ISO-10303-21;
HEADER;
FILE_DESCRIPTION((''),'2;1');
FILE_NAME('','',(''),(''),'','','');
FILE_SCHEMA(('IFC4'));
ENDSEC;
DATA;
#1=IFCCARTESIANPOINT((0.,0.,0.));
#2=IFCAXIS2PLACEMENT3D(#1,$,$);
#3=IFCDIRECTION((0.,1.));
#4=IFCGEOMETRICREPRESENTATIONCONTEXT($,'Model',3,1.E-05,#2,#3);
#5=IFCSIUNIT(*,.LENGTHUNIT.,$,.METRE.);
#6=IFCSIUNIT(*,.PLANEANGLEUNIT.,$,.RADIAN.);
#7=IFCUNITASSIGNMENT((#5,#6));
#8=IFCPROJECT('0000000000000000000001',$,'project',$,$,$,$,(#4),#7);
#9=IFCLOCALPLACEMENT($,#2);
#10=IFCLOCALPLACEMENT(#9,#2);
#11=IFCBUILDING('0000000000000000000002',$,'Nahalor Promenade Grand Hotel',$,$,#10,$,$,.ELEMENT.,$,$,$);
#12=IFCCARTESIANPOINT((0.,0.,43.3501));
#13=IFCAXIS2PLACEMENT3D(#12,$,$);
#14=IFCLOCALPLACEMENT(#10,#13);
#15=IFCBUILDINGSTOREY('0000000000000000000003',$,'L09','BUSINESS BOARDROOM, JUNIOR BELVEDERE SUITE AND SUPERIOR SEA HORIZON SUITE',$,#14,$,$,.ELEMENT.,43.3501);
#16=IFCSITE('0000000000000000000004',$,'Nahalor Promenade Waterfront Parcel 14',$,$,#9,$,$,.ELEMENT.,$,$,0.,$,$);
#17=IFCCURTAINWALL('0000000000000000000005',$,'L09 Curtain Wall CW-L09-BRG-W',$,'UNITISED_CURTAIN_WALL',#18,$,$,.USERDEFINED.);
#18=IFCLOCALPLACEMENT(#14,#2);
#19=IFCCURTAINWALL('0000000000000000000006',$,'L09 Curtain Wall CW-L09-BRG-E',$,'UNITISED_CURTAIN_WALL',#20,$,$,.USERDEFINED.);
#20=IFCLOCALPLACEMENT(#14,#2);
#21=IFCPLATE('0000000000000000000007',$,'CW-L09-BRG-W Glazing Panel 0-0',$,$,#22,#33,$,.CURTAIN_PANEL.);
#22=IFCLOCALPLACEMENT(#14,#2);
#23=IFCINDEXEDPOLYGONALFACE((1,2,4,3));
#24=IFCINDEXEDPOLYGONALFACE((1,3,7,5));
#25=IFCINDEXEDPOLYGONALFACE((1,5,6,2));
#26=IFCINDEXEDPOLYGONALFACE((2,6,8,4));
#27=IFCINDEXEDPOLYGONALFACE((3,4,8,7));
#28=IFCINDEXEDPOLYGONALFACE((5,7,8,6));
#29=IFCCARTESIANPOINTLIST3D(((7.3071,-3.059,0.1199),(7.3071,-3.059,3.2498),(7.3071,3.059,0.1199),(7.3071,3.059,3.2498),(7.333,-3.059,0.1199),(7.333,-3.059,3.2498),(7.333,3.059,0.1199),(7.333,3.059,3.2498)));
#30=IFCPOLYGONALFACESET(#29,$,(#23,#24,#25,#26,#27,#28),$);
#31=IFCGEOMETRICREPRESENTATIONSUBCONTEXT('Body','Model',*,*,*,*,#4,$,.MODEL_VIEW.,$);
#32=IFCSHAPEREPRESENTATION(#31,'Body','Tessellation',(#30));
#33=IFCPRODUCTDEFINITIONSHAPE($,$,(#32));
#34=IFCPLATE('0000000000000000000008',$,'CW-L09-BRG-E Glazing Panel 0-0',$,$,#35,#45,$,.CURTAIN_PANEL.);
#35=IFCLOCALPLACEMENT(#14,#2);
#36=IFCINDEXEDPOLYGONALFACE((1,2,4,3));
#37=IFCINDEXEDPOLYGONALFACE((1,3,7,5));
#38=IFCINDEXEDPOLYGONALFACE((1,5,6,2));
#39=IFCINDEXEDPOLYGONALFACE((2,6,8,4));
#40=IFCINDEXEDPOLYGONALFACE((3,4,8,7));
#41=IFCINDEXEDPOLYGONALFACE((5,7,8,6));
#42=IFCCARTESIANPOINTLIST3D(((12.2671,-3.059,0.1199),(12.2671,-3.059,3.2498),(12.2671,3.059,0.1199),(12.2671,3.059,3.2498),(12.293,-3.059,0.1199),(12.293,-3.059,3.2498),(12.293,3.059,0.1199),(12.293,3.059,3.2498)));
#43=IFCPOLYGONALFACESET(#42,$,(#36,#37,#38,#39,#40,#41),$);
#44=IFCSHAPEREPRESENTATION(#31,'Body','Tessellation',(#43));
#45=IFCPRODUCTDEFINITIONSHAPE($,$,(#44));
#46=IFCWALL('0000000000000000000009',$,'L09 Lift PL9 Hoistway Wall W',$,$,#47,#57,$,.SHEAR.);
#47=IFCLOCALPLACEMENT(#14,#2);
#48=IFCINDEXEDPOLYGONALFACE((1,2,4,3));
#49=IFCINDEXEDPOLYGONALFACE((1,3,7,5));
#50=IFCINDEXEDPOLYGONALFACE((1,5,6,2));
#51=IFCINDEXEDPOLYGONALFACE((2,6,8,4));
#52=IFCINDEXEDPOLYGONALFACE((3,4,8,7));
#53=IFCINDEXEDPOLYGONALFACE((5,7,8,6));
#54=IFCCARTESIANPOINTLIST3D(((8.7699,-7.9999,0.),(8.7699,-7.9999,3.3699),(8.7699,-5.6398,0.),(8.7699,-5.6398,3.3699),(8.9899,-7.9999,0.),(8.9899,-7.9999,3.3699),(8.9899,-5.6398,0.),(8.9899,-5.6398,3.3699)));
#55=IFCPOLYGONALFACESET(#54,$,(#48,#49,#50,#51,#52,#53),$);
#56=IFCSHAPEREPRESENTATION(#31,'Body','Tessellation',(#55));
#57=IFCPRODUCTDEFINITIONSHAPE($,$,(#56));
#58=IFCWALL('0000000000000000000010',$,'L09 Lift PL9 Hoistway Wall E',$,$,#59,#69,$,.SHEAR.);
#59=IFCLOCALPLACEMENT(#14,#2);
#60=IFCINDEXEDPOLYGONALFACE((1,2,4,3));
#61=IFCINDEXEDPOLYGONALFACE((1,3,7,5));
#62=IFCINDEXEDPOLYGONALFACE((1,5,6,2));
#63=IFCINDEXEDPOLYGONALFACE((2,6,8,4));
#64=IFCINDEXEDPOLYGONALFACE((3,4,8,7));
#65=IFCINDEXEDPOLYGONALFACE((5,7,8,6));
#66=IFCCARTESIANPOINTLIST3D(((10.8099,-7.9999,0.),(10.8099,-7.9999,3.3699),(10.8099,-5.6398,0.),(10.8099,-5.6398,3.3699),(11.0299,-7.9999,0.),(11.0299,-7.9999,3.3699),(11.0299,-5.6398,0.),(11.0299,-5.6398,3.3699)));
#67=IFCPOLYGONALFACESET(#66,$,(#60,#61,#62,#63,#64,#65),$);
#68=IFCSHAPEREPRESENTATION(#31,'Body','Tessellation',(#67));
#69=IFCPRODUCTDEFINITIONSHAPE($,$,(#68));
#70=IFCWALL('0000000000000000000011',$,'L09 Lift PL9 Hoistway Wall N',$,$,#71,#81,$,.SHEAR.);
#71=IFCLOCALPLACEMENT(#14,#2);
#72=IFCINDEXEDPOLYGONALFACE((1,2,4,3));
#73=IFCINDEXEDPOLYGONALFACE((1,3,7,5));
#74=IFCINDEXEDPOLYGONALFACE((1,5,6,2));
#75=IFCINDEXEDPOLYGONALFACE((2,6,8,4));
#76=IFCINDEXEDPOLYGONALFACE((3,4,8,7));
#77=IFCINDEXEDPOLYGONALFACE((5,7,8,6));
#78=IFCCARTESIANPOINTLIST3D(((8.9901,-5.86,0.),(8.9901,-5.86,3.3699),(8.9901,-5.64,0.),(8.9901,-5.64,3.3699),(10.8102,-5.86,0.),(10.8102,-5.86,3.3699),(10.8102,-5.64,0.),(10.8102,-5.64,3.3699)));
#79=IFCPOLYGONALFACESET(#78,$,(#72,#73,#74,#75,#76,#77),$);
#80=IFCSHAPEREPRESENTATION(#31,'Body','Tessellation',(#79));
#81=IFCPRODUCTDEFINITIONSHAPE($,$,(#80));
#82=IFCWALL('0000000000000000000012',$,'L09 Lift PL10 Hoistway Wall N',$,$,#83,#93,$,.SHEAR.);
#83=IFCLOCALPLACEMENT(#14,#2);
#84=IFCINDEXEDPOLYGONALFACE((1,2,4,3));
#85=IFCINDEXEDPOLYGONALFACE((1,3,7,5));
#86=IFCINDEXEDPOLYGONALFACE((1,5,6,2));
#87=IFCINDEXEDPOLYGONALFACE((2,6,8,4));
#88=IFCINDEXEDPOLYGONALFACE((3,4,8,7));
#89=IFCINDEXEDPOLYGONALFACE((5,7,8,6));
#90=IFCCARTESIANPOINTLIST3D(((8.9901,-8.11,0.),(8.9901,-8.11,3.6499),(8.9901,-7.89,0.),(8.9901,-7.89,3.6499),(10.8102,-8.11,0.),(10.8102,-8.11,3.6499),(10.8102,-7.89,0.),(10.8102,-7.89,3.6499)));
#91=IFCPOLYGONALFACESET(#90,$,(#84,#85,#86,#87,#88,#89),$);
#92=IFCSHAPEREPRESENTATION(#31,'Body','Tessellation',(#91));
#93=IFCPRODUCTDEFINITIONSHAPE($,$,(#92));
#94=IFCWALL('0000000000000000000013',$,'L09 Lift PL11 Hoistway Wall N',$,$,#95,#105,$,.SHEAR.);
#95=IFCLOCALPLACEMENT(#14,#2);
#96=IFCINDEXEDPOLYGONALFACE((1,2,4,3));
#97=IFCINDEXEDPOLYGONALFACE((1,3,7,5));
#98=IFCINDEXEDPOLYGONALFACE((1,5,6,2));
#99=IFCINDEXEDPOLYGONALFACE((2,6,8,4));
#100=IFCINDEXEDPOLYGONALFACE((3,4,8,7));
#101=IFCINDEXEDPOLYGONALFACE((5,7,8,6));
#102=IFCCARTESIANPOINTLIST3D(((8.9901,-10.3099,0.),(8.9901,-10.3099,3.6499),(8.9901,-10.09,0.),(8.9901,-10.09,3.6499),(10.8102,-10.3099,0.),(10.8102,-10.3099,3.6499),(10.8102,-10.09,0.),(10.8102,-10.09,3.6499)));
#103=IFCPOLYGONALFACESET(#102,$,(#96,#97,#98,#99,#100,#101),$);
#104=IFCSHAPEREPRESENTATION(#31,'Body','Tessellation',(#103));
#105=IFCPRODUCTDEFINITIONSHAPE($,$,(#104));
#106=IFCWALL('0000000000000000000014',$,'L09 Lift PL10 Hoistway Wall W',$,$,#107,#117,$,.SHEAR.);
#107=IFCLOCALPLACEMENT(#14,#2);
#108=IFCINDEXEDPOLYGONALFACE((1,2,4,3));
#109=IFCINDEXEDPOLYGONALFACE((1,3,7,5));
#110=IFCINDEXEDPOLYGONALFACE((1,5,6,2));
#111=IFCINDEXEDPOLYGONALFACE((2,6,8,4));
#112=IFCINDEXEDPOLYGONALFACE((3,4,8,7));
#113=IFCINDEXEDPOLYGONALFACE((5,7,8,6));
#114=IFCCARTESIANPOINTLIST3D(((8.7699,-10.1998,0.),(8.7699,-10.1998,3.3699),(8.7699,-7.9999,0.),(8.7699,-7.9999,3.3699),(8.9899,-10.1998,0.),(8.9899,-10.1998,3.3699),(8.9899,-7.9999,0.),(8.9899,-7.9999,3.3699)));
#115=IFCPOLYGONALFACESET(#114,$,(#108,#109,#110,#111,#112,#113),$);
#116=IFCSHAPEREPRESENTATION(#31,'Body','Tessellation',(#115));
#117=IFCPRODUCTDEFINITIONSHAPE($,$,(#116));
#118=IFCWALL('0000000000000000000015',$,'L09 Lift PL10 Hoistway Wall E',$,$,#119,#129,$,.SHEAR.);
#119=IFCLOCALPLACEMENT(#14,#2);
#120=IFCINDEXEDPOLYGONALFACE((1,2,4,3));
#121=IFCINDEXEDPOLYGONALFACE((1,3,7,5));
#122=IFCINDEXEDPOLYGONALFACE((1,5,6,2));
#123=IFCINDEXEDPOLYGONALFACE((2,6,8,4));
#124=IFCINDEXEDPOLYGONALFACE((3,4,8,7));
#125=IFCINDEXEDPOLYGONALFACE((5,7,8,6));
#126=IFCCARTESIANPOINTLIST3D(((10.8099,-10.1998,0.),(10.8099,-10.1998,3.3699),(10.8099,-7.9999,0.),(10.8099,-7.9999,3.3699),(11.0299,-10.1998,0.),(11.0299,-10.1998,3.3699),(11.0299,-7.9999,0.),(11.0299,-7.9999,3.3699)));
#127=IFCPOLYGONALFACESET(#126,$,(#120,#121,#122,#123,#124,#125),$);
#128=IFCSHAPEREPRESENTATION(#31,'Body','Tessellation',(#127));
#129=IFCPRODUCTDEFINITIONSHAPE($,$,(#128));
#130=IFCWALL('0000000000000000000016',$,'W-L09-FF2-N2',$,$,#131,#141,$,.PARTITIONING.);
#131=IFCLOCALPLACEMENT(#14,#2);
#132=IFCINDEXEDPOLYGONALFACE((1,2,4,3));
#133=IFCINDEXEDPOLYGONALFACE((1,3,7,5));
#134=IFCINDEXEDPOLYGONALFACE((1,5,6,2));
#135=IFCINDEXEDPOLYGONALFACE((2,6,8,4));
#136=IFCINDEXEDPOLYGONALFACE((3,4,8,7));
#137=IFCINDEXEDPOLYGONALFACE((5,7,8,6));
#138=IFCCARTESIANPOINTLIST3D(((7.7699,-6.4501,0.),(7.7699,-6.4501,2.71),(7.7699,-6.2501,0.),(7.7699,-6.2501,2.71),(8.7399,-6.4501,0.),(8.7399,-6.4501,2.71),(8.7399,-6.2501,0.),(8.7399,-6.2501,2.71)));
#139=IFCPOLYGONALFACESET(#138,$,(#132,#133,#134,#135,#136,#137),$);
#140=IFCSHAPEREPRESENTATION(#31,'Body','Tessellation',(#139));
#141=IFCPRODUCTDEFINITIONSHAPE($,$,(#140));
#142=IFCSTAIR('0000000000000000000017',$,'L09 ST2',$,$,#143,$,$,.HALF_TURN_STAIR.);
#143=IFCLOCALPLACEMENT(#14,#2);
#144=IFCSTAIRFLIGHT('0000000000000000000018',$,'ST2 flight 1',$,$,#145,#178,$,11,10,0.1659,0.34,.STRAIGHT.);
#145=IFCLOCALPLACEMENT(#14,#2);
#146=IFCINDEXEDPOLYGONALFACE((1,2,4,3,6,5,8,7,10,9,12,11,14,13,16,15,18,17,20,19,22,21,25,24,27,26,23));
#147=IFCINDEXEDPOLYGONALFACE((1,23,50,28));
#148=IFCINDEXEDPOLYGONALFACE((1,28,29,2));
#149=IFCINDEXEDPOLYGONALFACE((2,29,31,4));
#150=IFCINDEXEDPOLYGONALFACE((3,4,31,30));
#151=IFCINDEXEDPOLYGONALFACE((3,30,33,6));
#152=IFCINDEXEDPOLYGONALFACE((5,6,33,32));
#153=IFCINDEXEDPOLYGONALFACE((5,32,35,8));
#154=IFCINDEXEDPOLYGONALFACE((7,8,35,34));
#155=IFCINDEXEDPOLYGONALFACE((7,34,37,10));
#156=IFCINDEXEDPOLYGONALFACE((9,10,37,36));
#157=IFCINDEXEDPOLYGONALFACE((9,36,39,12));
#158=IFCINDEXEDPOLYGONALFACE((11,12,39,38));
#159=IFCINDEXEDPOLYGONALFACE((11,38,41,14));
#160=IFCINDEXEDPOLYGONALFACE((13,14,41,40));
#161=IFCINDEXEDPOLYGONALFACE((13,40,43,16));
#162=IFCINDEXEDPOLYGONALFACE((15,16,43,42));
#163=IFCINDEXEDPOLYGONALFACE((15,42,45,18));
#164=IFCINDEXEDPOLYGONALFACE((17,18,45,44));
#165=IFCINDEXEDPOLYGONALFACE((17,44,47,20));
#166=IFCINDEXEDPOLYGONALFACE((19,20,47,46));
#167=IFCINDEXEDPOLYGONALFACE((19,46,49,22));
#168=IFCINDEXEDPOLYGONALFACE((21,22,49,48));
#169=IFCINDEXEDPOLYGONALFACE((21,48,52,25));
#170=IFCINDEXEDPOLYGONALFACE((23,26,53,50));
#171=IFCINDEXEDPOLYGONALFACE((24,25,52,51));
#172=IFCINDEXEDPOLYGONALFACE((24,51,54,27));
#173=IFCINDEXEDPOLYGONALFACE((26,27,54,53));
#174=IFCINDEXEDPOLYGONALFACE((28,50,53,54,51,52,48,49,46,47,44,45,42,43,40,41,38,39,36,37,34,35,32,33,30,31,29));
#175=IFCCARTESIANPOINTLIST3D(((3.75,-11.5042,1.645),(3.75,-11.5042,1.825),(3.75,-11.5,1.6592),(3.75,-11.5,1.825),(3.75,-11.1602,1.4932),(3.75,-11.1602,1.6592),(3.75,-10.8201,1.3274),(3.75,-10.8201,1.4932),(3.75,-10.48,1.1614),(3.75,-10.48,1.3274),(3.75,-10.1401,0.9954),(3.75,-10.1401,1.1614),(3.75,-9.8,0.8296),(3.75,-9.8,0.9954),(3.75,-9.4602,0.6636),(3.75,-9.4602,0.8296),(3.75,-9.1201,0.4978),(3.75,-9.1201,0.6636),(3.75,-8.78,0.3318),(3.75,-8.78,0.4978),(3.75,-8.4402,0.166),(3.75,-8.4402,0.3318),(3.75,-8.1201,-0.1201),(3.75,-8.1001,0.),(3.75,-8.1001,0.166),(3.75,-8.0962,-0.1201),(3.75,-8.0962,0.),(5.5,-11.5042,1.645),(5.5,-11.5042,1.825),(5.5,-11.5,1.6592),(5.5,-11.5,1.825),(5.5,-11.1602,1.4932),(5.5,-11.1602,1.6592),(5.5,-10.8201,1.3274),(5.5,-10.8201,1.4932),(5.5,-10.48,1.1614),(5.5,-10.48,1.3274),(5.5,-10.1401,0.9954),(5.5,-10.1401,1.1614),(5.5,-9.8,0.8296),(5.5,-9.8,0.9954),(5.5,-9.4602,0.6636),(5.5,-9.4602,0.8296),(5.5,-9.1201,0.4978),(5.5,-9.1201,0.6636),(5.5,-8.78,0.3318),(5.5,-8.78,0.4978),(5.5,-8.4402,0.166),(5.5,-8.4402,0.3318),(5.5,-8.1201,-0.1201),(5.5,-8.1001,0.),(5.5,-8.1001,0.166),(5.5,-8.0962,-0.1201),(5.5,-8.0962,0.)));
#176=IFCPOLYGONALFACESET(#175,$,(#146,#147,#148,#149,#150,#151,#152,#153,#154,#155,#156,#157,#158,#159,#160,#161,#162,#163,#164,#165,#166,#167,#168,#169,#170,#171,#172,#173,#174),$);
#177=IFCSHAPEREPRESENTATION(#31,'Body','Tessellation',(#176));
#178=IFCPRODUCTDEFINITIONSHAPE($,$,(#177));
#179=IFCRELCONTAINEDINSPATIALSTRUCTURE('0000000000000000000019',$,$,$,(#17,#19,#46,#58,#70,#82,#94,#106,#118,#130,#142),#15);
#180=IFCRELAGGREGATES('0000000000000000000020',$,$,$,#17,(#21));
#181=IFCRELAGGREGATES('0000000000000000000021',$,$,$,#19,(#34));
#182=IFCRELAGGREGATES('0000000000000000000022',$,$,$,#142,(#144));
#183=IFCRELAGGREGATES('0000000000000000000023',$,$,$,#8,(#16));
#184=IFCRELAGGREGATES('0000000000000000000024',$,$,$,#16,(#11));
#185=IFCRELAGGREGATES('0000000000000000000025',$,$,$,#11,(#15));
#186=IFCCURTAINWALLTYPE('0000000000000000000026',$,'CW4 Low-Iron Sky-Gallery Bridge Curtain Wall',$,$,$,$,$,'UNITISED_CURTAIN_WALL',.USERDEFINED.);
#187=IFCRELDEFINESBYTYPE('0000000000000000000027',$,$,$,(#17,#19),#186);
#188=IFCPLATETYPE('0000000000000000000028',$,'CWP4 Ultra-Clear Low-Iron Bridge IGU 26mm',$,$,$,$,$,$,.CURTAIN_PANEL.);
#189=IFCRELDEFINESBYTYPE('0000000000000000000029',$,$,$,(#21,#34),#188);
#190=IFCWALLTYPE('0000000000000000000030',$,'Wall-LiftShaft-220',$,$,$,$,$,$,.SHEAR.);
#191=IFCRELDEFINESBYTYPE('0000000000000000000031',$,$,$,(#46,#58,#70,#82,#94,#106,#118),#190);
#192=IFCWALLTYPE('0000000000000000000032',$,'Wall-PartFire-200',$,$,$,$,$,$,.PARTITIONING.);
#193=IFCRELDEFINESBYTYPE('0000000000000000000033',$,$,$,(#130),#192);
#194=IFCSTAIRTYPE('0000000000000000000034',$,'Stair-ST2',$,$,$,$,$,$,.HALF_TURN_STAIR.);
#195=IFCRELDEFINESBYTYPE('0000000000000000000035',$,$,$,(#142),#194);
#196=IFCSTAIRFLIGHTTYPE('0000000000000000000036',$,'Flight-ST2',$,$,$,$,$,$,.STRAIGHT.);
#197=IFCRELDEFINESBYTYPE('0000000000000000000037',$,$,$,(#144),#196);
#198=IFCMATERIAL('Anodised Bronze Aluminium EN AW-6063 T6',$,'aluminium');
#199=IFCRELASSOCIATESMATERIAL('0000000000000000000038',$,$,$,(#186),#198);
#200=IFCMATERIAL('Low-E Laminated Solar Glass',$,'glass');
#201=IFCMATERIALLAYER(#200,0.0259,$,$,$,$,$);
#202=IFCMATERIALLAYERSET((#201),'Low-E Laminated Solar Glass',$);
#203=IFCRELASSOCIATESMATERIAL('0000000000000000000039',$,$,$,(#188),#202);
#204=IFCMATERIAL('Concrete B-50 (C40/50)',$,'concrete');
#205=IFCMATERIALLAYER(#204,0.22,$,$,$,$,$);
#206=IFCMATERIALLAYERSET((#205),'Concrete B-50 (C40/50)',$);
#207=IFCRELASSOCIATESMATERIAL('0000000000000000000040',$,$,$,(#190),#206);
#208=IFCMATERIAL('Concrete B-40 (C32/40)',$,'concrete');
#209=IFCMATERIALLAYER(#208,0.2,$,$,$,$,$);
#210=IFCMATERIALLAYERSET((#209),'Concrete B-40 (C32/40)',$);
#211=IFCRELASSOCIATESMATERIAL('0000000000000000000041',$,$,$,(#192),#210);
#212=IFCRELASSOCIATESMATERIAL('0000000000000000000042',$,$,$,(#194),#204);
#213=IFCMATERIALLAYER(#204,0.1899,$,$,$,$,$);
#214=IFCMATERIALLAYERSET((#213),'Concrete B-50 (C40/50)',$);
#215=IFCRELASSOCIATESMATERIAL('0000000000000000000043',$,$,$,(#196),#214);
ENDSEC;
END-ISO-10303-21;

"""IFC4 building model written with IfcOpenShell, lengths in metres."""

from ifc_helpers import new_model, si_unit, direction, frame, frame_2d, origin, origin_2d, place, context, subcontext, project, spatial, polyline, rectangle, outline, extrude, source, transform, mapped, material, layer, layer_set, type_object, element, aggregate, save


model = new_model("IFC4")

# Units and contexts
model_context = context("Model", 3, precision=1e-05, world=origin(), true_north=direction((0.0, 1.0)))
body_context = subcontext(model_context, "Body", "Model", "MODEL_VIEW")
ifc_project = project(units=[si_unit("LENGTHUNIT", "METRE"), si_unit("PLANEANGLEUNIT", "RADIAN")], contexts=[model_context])

# Site, building, storey
site_placement = place(None, origin())
site = spatial("IfcSite", under=ifc_project, at=site_placement, Name="Nahalor Promenade Waterfront Parcel 14", CompositionType="ELEMENT", RefElevation=0.0)
building_placement = place(site_placement, origin())
building = spatial("IfcBuilding", under=site, at=building_placement, Name="Nahalor Promenade Grand Hotel", CompositionType="ELEMENT")
storey_placement = place(building_placement, frame((0.0, 0.0, 43.3501)))
storey = spatial("IfcBuildingStorey", under=building, at=storey_placement, Name="L09", Description="BUSINESS BOARDROOM, JUNIOR BELVEDERE SUITE AND SUPERIOR SEA HORIZON SUITE", CompositionType="ELEMENT", Elevation=43.3501)

# Curtain walls
ifc_material_1 = material(Name="Anodised Bronze Aluminium EN AW-6063 T6", Category="aluminium")
curtain_wall_type_1 = type_object("IfcCurtainWallType", Name="CW4 Low-Iron Sky-Gallery Bridge Curtain Wall", ElementType="UNITISED_CURTAIN_WALL", PredefinedType="USERDEFINED", material=ifc_material_1)
curtain_wall_1_placement = place(storey_placement, origin())
curtain_wall_1 = element("IfcCurtainWall", 1, at=curtain_wall_1_placement, inside=storey, type_object=curtain_wall_type_1, Name="L09 Curtain Wall CW-L09-BRG-W", ObjectType="UNITISED_CURTAIN_WALL", PredefinedType="USERDEFINED")
curtain_wall_2_placement = place(storey_placement, origin())
curtain_wall_2 = element("IfcCurtainWall", 2, at=curtain_wall_2_placement, inside=storey, type_object=curtain_wall_type_1, Name="L09 Curtain Wall CW-L09-BRG-E", ObjectType="UNITISED_CURTAIN_WALL", PredefinedType="USERDEFINED")

# Plates
ifc_material_2 = material(Name="Low-E Laminated Solar Glass", Category="glass")
ifc_layer_1 = layer(ifc_material_2, 0.0259)
ifc_layer_set_1 = layer_set([ifc_layer_1], Name="Low-E Laminated Solar Glass")
plate_type = type_object("IfcPlateType", Name="CWP4 Ultra-Clear Low-Iron Bridge IGU 26mm", PredefinedType="CURTAIN_PANEL", material=ifc_layer_set_1)
shared_shape_1 = source(origin(), body_context, "Body", "SweptSolid", [
    extrude(rectangle(XDim=6.1179, YDim=0.0259, at=origin_2d()), origin(), (0.0, 0.0, 1.0), 3.1299),
])
plate_1_placement = place(storey_placement, frame((7.3201, 0.0, 0.1199), z_axis=(0.0, 0.0, 1.0), x_axis=(0.0, 1.0, 0.0)))
plate_1 = element("IfcPlate", 3, at=plate_1_placement, type_object=plate_type, Name="CW-L09-BRG-W Glazing Panel 0-0", PredefinedType="CURTAIN_PANEL", context=body_context, shape_type="MappedRepresentation", body=[
    mapped(shared_shape_1, transform((0.0, 0.0, 0.0), scale=1.0)),
])
aggregate(curtain_wall_1, [plate_1])
plate_2_placement = place(storey_placement, frame((12.28, 0.0, 0.1199), z_axis=(0.0, 0.0, 1.0), x_axis=(0.0, 1.0, 0.0)))
plate_2 = element("IfcPlate", 4, at=plate_2_placement, type_object=plate_type, Name="CW-L09-BRG-E Glazing Panel 0-0", PredefinedType="CURTAIN_PANEL", context=body_context, shape_type="MappedRepresentation", body=[
    mapped(shared_shape_1, transform((0.0, 0.0, 0.0), scale=1.0)),
])
aggregate(curtain_wall_2, [plate_2])

# Walls
ifc_material_3 = material(Name="Concrete B-50 (C40/50)", Category="concrete")
ifc_layer_2 = layer(ifc_material_3, 0.22)
ifc_layer_set_2 = layer_set([ifc_layer_2], Name="Concrete B-50 (C40/50)")
wall_type_1 = type_object("IfcWallType", Name="Wall-LiftShaft-220", PredefinedType="SHEAR", material=ifc_layer_set_2)
shared_shape_2 = source(origin(), body_context, "Body", "SweptSolid", [
    extrude(rectangle(XDim=2.3601, YDim=0.22, at=frame_2d((1.1802, 0.0))), origin(), (0.0, 0.0, 1.0), 3.3699),
])
for number, where, z_axis, x_axis, name in (
    (5, (8.8799, -8.0, 0.0), (0.0, 0.0, 1.0), (0.0, 1.0, 0.0), "L09 Lift PL9 Hoistway Wall W"),
    (6, (10.9199, -8.0, 0.0), (0.0, 0.0, 1.0), (0.0, 1.0, 0.0), "L09 Lift PL9 Hoistway Wall E"),
):
    element("IfcWall", number, at=place(storey_placement, frame(where, z_axis=z_axis, x_axis=x_axis)), inside=storey, type_object=wall_type_1, Name=name, PredefinedType="SHEAR", context=body_context, shape_type="MappedRepresentation", body=[
        mapped(shared_shape_2, transform((0.0, 0.0, 0.0), scale=1.0)),
    ])
shared_shape_3 = source(origin(), body_context, "Body", "SweptSolid", [
    extrude(rectangle(XDim=1.8201, YDim=0.22, at=frame_2d((0.9102, 0.0))), origin(), (0.0, 0.0, 1.0), 3.3699),
])
wall_1_placement = place(storey_placement, frame((8.99, -5.75, 0.0), z_axis=(0.0, 0.0, 1.0), x_axis=(1.0, 0.0, 0.0)))
element("IfcWall", 7, at=wall_1_placement, inside=storey, type_object=wall_type_1, Name="L09 Lift PL9 Hoistway Wall N", PredefinedType="SHEAR", context=body_context, shape_type="MappedRepresentation", body=[
    mapped(shared_shape_3, transform((0.0, 0.0, 0.0), scale=1.0)),
])
shared_shape_4 = source(origin(), body_context, "Body", "SweptSolid", [
    extrude(rectangle(XDim=1.8201, YDim=0.22, at=frame_2d((0.9102, 0.0))), origin(), (0.0, 0.0, 1.0), 3.6499),
])
for number, where, z_axis, x_axis, name in (
    (8, (8.99, -8.0, 0.0), (0.0, 0.0, 1.0), (1.0, 0.0, 0.0), "L09 Lift PL10 Hoistway Wall N"),
    (9, (8.99, -10.2, 0.0), (0.0, 0.0, 1.0), (1.0, 0.0, 0.0), "L09 Lift PL11 Hoistway Wall N"),
):
    element("IfcWall", number, at=place(storey_placement, frame(where, z_axis=z_axis, x_axis=x_axis)), inside=storey, type_object=wall_type_1, Name=name, PredefinedType="SHEAR", context=body_context, shape_type="MappedRepresentation", body=[
        mapped(shared_shape_4, transform((0.0, 0.0, 0.0), scale=1.0)),
    ])
shared_shape_5 = source(origin(), body_context, "Body", "SweptSolid", [
    extrude(rectangle(XDim=2.2, YDim=0.22, at=frame_2d((1.1001, 0.0))), origin(), (0.0, 0.0, 1.0), 3.3699),
])
for number, where, z_axis, x_axis, name in (
    (10, (8.8799, -10.2, 0.0), (0.0, 0.0, 1.0), (0.0, 1.0, 0.0), "L09 Lift PL10 Hoistway Wall W"),
    (11, (10.9199, -10.2, 0.0), (0.0, 0.0, 1.0), (0.0, 1.0, 0.0), "L09 Lift PL10 Hoistway Wall E"),
):
    element("IfcWall", number, at=place(storey_placement, frame(where, z_axis=z_axis, x_axis=x_axis)), inside=storey, type_object=wall_type_1, Name=name, PredefinedType="SHEAR", context=body_context, shape_type="MappedRepresentation", body=[
        mapped(shared_shape_5, transform((0.0, 0.0, 0.0), scale=1.0)),
    ])
ifc_material_4 = material(Name="Concrete B-40 (C32/40)", Category="concrete")
ifc_layer_3 = layer(ifc_material_4, 0.2)
ifc_layer_set_3 = layer_set([ifc_layer_3], Name="Concrete B-40 (C32/40)")
wall_type_2 = type_object("IfcWallType", Name="Wall-PartFire-200", PredefinedType="PARTITIONING", material=ifc_layer_set_3)
shared_shape_6 = source(origin(), body_context, "Body", "SweptSolid", [
    extrude(rectangle(XDim=0.97, YDim=0.2, at=frame_2d((0.4849, 0.0))), origin(), (0.0, 0.0, 1.0), 2.71),
])
wall_2_placement = place(storey_placement, frame((7.77, -6.3501, 0.0), z_axis=(0.0, 0.0, 1.0), x_axis=(1.0, 0.0, 0.0)))
element("IfcWall", 12, at=wall_2_placement, inside=storey, type_object=wall_type_2, Name="W-L09-FF2-N2", PredefinedType="PARTITIONING", context=body_context, shape_type="MappedRepresentation", body=[
    mapped(shared_shape_6, transform((0.0, 0.0, 0.0), scale=1.0)),
])

# Stair, stair flight
stair_type = type_object("IfcStairType", Name="Stair-ST2", PredefinedType="HALF_TURN_STAIR", material=ifc_material_3)
stair_placement = place(storey_placement, origin())
stair = element("IfcStair", 13, at=stair_placement, inside=storey, type_object=stair_type, Name="L09 ST2", PredefinedType="HALF_TURN_STAIR")
ifc_layer_4 = layer(ifc_material_3, 0.1899)
ifc_layer_set_4 = layer_set([ifc_layer_4], Name="Concrete B-50 (C40/50)")
stair_flight_type = type_object("IfcStairFlightType", Name="Flight-ST2", PredefinedType="STRAIGHT", material=ifc_layer_set_4)
shared_shape_7 = source(origin(), body_context, "Body", "SweptSolid", [
    extrude(outline(polyline([(-0.0039, -0.1201), (-0.0039, 0.0), (0.0, 0.0), (0.0, 0.166), (0.3401, 0.166), (0.3401, 0.3318), (0.6799, 0.3318), (0.6799, 0.4978), (1.02, 0.4978), (1.02, 0.6636), (1.3601, 0.6636), (1.3601, 0.8296), (1.7, 0.8296), (1.7, 0.9954), (2.04, 0.9954), (2.04, 1.1614), (2.3799, 1.1614), (2.3799, 1.3274), (2.72, 1.3274), (2.72, 1.4932), (3.0601, 1.4932), (3.0601, 1.6592), (3.3999, 1.6592), (3.3999, 1.825), (3.4041, 1.825), (3.4041, 1.645), (0.02, -0.1201), (-0.0039, -0.1201)])), frame((0.0, 0.875, 0.0), z_axis=(0.0, -1.0, 0.0), x_axis=(1.0, 0.0, 0.0)), (0.0, 0.0, 1.0), 1.75),
])
stair_flight_1_placement = place(storey_placement, frame((4.625, -8.1001, 0.0), z_axis=(0.0, 0.0, 1.0), x_axis=(0.0, -1.0, 0.0)))
stair_flight_1 = element("IfcStairFlight", 14, at=stair_flight_1_placement, type_object=stair_flight_type, Name="ST2 flight 1", NumberOfRisers=11, NumberOfTreads=10, PredefinedType="STRAIGHT", RiserHeight=0.1659, TreadLength=0.34, context=body_context, shape_type="MappedRepresentation", body=[
    mapped(shared_shape_7, transform((0.0, 0.0, 0.0), scale=1.0)),
])
aggregate(stair, [stair_flight_1])

save(model, "model.ifc")
